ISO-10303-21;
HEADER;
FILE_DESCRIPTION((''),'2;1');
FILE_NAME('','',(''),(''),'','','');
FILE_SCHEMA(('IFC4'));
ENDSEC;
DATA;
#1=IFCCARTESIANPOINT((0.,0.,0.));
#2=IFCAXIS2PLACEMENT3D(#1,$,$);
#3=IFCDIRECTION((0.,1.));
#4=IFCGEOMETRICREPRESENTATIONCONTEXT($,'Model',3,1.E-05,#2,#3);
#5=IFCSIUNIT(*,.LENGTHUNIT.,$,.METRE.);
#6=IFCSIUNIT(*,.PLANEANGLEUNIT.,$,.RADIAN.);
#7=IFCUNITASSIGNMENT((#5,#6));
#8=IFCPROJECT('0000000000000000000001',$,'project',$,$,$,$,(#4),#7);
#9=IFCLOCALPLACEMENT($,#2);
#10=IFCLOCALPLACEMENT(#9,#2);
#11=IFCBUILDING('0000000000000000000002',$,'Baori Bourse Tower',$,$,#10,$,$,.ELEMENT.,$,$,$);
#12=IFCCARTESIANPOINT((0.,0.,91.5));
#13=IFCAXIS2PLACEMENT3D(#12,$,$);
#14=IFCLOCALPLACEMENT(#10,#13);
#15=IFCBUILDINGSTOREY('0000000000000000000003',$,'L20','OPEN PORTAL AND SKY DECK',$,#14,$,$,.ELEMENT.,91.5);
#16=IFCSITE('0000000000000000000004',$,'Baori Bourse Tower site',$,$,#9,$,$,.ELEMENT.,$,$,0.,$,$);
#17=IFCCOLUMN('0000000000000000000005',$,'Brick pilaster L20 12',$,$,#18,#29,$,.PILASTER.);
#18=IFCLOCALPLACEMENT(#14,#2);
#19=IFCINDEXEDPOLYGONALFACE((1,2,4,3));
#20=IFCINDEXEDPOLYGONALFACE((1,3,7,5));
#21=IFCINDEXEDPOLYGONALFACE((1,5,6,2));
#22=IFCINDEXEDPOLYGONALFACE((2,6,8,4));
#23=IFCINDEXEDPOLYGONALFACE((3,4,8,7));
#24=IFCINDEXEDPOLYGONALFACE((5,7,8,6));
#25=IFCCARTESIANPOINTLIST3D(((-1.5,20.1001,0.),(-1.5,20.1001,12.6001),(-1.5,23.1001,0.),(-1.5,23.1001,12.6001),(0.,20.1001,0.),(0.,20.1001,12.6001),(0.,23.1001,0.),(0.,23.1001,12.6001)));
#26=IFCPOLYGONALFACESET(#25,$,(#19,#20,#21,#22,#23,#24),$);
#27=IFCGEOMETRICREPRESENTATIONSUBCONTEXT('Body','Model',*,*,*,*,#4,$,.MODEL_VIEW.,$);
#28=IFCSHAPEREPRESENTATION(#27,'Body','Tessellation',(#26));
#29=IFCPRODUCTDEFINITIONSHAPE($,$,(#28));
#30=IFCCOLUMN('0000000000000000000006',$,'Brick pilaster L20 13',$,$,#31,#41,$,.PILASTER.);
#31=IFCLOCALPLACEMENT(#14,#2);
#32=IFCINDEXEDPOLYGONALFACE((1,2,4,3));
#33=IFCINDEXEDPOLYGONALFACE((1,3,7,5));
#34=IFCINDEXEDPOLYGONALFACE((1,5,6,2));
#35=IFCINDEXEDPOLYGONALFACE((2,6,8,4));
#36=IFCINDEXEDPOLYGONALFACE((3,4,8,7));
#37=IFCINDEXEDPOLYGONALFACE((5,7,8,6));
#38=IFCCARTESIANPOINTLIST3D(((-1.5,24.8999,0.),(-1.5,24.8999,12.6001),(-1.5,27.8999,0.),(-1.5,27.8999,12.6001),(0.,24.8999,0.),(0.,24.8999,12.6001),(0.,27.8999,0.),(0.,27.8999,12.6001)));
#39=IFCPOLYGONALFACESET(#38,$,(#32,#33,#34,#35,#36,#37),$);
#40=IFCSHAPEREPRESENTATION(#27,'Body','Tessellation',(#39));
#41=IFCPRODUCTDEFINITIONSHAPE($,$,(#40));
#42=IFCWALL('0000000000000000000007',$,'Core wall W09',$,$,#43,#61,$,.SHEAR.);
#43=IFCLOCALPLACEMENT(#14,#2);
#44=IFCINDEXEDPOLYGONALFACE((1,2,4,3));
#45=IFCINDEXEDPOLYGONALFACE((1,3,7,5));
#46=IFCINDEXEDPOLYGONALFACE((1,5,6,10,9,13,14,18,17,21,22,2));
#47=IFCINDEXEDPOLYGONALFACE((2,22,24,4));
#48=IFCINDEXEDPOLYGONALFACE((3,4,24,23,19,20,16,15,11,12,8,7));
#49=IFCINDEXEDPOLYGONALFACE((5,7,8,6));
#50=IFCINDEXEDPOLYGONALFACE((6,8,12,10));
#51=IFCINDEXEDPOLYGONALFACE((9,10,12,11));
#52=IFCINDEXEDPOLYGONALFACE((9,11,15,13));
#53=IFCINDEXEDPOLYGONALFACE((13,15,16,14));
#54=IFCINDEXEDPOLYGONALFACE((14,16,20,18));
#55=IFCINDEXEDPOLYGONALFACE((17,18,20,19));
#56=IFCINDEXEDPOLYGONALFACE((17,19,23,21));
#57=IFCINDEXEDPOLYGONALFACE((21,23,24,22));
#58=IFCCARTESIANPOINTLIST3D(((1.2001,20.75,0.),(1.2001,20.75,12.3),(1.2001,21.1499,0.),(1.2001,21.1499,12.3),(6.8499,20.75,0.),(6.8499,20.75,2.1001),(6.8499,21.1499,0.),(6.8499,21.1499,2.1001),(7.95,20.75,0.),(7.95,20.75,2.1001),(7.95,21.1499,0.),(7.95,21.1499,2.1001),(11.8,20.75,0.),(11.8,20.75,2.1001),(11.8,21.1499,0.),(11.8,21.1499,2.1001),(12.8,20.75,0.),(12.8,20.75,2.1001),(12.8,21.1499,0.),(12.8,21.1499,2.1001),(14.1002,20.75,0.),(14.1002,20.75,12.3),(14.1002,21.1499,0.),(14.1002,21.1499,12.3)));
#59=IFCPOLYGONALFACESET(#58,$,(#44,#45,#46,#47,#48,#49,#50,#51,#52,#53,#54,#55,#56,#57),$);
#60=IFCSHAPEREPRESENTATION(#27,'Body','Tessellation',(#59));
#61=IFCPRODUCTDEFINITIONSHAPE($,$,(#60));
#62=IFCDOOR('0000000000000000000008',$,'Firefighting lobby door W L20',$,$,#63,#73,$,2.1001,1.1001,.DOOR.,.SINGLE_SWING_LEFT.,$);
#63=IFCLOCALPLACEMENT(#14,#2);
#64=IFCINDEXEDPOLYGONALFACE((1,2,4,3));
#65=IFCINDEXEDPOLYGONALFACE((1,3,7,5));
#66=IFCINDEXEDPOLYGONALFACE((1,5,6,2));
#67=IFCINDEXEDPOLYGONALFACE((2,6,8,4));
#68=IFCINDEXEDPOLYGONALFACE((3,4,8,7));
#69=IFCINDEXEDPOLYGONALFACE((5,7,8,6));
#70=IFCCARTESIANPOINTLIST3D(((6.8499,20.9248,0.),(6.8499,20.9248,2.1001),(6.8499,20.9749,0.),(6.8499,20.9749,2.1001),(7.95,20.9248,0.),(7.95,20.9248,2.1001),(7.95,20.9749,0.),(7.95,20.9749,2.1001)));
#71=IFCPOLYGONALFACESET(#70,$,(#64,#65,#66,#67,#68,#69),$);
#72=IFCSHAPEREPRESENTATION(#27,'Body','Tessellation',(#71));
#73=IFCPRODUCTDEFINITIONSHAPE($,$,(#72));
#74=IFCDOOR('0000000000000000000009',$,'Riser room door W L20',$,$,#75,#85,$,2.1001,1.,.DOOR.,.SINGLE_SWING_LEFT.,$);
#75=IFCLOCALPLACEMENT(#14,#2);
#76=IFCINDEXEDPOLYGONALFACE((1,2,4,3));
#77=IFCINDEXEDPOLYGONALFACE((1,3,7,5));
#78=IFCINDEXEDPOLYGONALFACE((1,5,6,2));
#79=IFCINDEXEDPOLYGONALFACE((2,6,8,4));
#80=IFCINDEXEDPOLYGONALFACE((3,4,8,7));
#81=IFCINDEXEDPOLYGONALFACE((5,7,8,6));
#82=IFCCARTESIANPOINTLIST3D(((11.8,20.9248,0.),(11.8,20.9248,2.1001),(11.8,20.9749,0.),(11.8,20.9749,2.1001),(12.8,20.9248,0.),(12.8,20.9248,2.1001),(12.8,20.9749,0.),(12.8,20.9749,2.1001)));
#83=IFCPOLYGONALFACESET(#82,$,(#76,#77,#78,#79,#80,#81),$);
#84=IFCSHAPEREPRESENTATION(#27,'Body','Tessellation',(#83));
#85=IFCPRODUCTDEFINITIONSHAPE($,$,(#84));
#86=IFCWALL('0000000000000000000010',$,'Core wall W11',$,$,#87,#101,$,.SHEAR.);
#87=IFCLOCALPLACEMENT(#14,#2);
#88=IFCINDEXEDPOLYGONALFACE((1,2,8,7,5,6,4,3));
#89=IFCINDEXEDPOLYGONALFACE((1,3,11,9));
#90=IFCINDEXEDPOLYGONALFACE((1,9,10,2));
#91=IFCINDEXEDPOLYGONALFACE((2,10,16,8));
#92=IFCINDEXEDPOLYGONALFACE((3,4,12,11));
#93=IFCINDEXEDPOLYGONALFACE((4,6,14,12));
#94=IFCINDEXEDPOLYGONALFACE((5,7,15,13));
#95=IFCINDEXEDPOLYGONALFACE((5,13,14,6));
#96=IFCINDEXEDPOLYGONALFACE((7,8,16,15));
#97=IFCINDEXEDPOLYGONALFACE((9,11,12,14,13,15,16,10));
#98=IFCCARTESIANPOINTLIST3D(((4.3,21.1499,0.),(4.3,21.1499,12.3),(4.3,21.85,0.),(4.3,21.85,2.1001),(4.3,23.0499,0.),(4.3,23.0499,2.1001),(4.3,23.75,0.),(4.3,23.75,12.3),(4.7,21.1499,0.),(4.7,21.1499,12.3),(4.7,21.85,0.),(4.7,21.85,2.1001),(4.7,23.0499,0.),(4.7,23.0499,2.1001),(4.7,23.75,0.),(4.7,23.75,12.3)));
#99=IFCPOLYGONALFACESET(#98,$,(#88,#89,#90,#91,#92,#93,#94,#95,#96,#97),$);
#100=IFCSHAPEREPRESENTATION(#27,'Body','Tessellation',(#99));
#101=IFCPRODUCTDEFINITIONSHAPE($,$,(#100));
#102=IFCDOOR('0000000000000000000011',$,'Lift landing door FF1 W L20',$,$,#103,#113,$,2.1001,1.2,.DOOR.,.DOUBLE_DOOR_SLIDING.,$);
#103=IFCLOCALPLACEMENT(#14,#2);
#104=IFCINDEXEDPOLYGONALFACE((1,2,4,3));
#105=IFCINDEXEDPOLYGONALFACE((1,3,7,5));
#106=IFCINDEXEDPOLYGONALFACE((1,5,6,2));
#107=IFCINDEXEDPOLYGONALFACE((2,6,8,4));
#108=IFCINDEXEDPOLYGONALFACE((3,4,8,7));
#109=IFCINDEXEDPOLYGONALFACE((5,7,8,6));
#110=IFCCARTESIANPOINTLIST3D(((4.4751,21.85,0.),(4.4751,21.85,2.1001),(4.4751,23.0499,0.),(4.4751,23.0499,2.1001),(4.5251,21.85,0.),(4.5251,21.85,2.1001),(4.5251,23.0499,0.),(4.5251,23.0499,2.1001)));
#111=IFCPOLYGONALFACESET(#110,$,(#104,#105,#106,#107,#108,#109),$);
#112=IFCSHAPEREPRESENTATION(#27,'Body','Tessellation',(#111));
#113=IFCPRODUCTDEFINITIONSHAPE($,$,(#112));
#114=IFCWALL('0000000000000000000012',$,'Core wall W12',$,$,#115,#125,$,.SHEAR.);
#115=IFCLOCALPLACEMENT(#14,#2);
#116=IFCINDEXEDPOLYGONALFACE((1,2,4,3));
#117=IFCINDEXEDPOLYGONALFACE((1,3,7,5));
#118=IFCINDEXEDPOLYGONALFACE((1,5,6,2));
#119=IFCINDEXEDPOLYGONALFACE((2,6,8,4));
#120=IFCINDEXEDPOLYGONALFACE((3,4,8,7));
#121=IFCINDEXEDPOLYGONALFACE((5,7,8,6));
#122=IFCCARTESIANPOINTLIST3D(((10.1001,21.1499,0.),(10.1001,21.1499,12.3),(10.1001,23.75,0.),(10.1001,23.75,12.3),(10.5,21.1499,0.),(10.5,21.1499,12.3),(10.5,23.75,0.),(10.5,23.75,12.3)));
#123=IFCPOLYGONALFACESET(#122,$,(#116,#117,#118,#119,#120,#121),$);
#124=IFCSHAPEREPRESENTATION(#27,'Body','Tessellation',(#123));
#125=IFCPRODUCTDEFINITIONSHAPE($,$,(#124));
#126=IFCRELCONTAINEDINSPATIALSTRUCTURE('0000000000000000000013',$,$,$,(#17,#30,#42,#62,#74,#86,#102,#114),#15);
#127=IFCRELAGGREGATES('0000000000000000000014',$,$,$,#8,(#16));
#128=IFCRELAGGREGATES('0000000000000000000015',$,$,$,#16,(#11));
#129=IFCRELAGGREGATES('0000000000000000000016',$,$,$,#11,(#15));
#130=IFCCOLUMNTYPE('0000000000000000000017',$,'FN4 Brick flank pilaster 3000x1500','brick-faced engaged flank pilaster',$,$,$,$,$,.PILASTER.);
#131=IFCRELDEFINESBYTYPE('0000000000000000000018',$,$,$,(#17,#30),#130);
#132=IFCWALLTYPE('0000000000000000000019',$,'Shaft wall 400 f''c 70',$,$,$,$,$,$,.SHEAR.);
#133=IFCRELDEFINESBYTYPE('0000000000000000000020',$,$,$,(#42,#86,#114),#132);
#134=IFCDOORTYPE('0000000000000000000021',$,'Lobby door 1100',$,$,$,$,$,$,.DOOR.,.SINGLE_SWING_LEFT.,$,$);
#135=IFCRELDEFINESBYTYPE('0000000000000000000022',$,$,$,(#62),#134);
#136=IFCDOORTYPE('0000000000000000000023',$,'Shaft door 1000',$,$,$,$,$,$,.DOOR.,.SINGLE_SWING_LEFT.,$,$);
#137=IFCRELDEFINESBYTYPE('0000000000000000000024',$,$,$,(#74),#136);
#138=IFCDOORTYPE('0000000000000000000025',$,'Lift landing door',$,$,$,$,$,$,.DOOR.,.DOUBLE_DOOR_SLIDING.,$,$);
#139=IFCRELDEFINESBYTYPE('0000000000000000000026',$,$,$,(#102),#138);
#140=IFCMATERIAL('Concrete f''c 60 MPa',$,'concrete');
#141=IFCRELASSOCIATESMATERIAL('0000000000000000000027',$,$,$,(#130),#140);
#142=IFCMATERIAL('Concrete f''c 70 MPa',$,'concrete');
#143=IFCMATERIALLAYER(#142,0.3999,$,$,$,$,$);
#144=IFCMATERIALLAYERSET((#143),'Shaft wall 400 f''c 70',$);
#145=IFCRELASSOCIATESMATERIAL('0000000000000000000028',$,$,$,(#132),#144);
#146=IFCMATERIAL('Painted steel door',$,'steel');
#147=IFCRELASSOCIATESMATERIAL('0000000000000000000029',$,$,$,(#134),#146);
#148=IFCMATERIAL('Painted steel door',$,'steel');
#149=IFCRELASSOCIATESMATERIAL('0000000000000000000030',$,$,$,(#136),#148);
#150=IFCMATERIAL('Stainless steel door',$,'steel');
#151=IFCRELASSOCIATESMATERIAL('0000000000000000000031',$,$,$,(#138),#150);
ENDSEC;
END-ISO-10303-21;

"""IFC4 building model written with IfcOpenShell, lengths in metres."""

from ifc_helpers import new_model, si_unit, direction, frame, frame_2d, origin, origin_2d, place, context, subcontext, project, spatial, rectangle, extrude, material, layer, layer_set, material_profile, profile_set, type_object, element, fill, save


model = new_model("IFC4")

# Units and contexts
model_context = context("Model", 3, precision=1e-05, world=origin(), true_north=direction((0.0, 1.0)))
body_context = subcontext(model_context, "Body", "Model", "MODEL_VIEW")
ifc_project = project(units=[si_unit("LENGTHUNIT", "METRE"), si_unit("PLANEANGLEUNIT", "RADIAN")], contexts=[model_context])

# Site, building, storey
site_placement = place(None, origin())
site = spatial("IfcSite", under=ifc_project, at=site_placement, Name="Baori Bourse Tower site", CompositionType="ELEMENT", RefElevation=0.0)
building_placement = place(site_placement, origin())
building = spatial("IfcBuilding", under=site, at=building_placement, Name="Baori Bourse Tower", CompositionType="ELEMENT")
storey_placement = place(building_placement, frame((0.0, 0.0, 91.5)))
storey = spatial("IfcBuildingStorey", under=building, at=storey_placement, Name="L20", Description="OPEN PORTAL AND SKY DECK", CompositionType="ELEMENT", Elevation=91.5)

# Columns
ifc_material_1 = material(Name="Concrete f'c 60 MPa", Category="concrete")
ifc_material_profile = material_profile(ifc_material_1, rectangle(XDim=3.0, YDim=1.5, at=origin_2d()), Name="RC 3000x1500")
ifc_profile_set = profile_set([ifc_material_profile], Name="Concrete f'c 60 MPa")
column_type = type_object("IfcColumnType", Name="FN4 Brick flank pilaster 3000x1500", Description="brick-faced engaged flank pilaster", PredefinedType="PILASTER", material=ifc_profile_set)
for number, where, z_axis, x_axis, name in (
    (1, (-0.75, 21.6001, 0.0), (0.0, 0.0, 1.0), (0.0, 1.0, 0.0), "Brick pilaster L20 12"),
    (2, (-0.75, 26.3999, 0.0), (0.0, 0.0, 1.0), (0.0, 1.0, 0.0), "Brick pilaster L20 13"),
):
    element("IfcColumn", number, at=place(storey_placement, frame(where, z_axis=z_axis, x_axis=x_axis)), inside=storey, type_object=column_type, Name=name, PredefinedType="PILASTER", context=body_context, shape_type="SweptSolid", body=[
        extrude(rectangle(XDim=3.0, YDim=1.5, at=origin_2d()), origin(), (0.0, 0.0, 1.0), 12.6001),
    ])

# Wall, openings, doors
ifc_material_2 = material(Name="Concrete f'c 70 MPa", Category="concrete")
ifc_layer_1 = layer(ifc_material_2, 0.3999)
ifc_layer_set_1 = layer_set([ifc_layer_1], Name="Shaft wall 400 f'c 70")
wall_type_1 = type_object("IfcWallType", Name="Shaft wall 400 f'c 70", PredefinedType="SHEAR", material=ifc_layer_set_1)
wall_1_placement = place(storey_placement, frame((1.2, 20.95, 0.0), z_axis=(0.0, 0.0, 1.0), x_axis=(1.0, 0.0, 0.0)))
wall_1 = element("IfcWall", 3, at=wall_1_placement, inside=storey, type_object=wall_type_1, Name="Core wall W09", PredefinedType="SHEAR", context=body_context, shape_type="SweptSolid", body=[
    extrude(rectangle(XDim=12.9001, YDim=0.3999, at=frame_2d((6.4502, 0.0))), origin(), (0.0, 0.0, 1.0), 12.3),
])
opening_1_placement = place(wall_1_placement, frame((5.6499, 0.0, 0.0)))
opening_1 = element("IfcOpeningElement", 4, at=opening_1_placement, cuts=wall_1, PredefinedType="OPENING", context=body_context, shape_type="SweptSolid", body=[
    extrude(rectangle(XDim=1.1001, YDim=2.1001, at=frame_2d((0.55, 1.05))), frame((0.0, 0.21, 0.0), z_axis=(0.0, -1.0, 0.0), x_axis=(1.0, 0.0, 0.0)), (0.0, 0.0, 1.0), 0.4199),
])
opening_2_placement = place(wall_1_placement, frame((10.6001, 0.0, 0.0)))
opening_2 = element("IfcOpeningElement", 5, at=opening_2_placement, cuts=wall_1, PredefinedType="OPENING", context=body_context, shape_type="SweptSolid", body=[
    extrude(rectangle(XDim=1.0, YDim=2.1001, at=frame_2d((0.5, 1.05))), frame((0.0, 0.21, 0.0), z_axis=(0.0, -1.0, 0.0), x_axis=(1.0, 0.0, 0.0)), (0.0, 0.0, 1.0), 0.4199),
])
ifc_material_3 = material(Name="Painted steel door", Category="steel")
door_type_1 = type_object("IfcDoorType", Name="Lobby door 1100", OperationType="SINGLE_SWING_LEFT", PredefinedType="DOOR", material=ifc_material_3)
door_1_placement = place(opening_1_placement, origin())
door_1 = element("IfcDoor", 6, at=door_1_placement, inside=storey, type_object=door_type_1, Name="Firefighting lobby door W L20", OperationType="SINGLE_SWING_LEFT", OverallHeight=2.1001, OverallWidth=1.1001, PredefinedType="DOOR", context=body_context, shape_type="SweptSolid", body=[
    extrude(rectangle(XDim=1.1001, YDim=2.1001, at=frame_2d((0.55, 1.05))), frame((0.0, 0.0249, 0.0), z_axis=(0.0, -1.0, 0.0), x_axis=(1.0, 0.0, 0.0)), (0.0, 0.0, 1.0), 0.05),
])
fill(opening_1, door_1)
ifc_material_4 = material(Name="Painted steel door", Category="steel")
door_type_2 = type_object("IfcDoorType", Name="Shaft door 1000", OperationType="SINGLE_SWING_LEFT", PredefinedType="DOOR", material=ifc_material_4)
door_2_placement = place(opening_2_placement, origin())
door_2 = element("IfcDoor", 7, at=door_2_placement, inside=storey, type_object=door_type_2, Name="Riser room door W L20", OperationType="SINGLE_SWING_LEFT", OverallHeight=2.1001, OverallWidth=1.0, PredefinedType="DOOR", context=body_context, shape_type="SweptSolid", body=[
    extrude(rectangle(XDim=1.0, YDim=2.1001, at=frame_2d((0.5, 1.05))), frame((0.0, 0.0249, 0.0), z_axis=(0.0, -1.0, 0.0), x_axis=(1.0, 0.0, 0.0)), (0.0, 0.0, 1.0), 0.05),
])
fill(opening_2, door_2)

# Wall, opening, door
wall_2_placement = place(storey_placement, frame((4.5, 21.1499, 0.0), z_axis=(0.0, 0.0, 1.0), x_axis=(0.0, 1.0, 0.0)))
wall_2 = element("IfcWall", 8, at=wall_2_placement, inside=storey, type_object=wall_type_1, Name="Core wall W11", PredefinedType="SHEAR", context=body_context, shape_type="SweptSolid", body=[
    extrude(rectangle(XDim=2.6001, YDim=0.3999, at=frame_2d((1.3, 0.0))), origin(), (0.0, 0.0, 1.0), 12.3),
])
opening_3_placement = place(wall_2_placement, frame((0.7, 0.0, 0.0)))
opening_3 = element("IfcOpeningElement", 9, at=opening_3_placement, cuts=wall_2, PredefinedType="OPENING", context=body_context, shape_type="SweptSolid", body=[
    extrude(rectangle(XDim=1.2, YDim=2.1001, at=frame_2d((0.6001, 1.05))), frame((0.0, 0.21, 0.0), z_axis=(0.0, -1.0, 0.0), x_axis=(1.0, 0.0, 0.0)), (0.0, 0.0, 1.0), 0.4199),
])
ifc_material_5 = material(Name="Stainless steel door", Category="steel")
door_type_3 = type_object("IfcDoorType", Name="Lift landing door", OperationType="DOUBLE_DOOR_SLIDING", PredefinedType="DOOR", material=ifc_material_5)
door_3_placement = place(opening_3_placement, origin())
door_3 = element("IfcDoor", 10, at=door_3_placement, inside=storey, type_object=door_type_3, Name="Lift landing door FF1 W L20", OperationType="DOUBLE_DOOR_SLIDING", OverallHeight=2.1001, OverallWidth=1.2, PredefinedType="DOOR", context=body_context, shape_type="SweptSolid", body=[
    extrude(rectangle(XDim=1.2, YDim=2.1001, at=frame_2d((0.6001, 1.05))), frame((0.0, 0.0249, 0.0), z_axis=(0.0, -1.0, 0.0), x_axis=(1.0, 0.0, 0.0)), (0.0, 0.0, 1.0), 0.05),
])
fill(opening_3, door_3)

# Wall
wall_3_placement = place(storey_placement, frame((10.3, 21.1499, 0.0), z_axis=(0.0, 0.0, 1.0), x_axis=(0.0, 1.0, 0.0)))
element("IfcWall", 11, at=wall_3_placement, inside=storey, type_object=wall_type_1, Name="Core wall W12", PredefinedType="SHEAR", context=body_context, shape_type="SweptSolid", body=[
    extrude(rectangle(XDim=2.6001, YDim=0.3999, at=frame_2d((1.3, 0.0))), origin(), (0.0, 0.0, 1.0), 12.3),
])

save(model, "model.ifc")
